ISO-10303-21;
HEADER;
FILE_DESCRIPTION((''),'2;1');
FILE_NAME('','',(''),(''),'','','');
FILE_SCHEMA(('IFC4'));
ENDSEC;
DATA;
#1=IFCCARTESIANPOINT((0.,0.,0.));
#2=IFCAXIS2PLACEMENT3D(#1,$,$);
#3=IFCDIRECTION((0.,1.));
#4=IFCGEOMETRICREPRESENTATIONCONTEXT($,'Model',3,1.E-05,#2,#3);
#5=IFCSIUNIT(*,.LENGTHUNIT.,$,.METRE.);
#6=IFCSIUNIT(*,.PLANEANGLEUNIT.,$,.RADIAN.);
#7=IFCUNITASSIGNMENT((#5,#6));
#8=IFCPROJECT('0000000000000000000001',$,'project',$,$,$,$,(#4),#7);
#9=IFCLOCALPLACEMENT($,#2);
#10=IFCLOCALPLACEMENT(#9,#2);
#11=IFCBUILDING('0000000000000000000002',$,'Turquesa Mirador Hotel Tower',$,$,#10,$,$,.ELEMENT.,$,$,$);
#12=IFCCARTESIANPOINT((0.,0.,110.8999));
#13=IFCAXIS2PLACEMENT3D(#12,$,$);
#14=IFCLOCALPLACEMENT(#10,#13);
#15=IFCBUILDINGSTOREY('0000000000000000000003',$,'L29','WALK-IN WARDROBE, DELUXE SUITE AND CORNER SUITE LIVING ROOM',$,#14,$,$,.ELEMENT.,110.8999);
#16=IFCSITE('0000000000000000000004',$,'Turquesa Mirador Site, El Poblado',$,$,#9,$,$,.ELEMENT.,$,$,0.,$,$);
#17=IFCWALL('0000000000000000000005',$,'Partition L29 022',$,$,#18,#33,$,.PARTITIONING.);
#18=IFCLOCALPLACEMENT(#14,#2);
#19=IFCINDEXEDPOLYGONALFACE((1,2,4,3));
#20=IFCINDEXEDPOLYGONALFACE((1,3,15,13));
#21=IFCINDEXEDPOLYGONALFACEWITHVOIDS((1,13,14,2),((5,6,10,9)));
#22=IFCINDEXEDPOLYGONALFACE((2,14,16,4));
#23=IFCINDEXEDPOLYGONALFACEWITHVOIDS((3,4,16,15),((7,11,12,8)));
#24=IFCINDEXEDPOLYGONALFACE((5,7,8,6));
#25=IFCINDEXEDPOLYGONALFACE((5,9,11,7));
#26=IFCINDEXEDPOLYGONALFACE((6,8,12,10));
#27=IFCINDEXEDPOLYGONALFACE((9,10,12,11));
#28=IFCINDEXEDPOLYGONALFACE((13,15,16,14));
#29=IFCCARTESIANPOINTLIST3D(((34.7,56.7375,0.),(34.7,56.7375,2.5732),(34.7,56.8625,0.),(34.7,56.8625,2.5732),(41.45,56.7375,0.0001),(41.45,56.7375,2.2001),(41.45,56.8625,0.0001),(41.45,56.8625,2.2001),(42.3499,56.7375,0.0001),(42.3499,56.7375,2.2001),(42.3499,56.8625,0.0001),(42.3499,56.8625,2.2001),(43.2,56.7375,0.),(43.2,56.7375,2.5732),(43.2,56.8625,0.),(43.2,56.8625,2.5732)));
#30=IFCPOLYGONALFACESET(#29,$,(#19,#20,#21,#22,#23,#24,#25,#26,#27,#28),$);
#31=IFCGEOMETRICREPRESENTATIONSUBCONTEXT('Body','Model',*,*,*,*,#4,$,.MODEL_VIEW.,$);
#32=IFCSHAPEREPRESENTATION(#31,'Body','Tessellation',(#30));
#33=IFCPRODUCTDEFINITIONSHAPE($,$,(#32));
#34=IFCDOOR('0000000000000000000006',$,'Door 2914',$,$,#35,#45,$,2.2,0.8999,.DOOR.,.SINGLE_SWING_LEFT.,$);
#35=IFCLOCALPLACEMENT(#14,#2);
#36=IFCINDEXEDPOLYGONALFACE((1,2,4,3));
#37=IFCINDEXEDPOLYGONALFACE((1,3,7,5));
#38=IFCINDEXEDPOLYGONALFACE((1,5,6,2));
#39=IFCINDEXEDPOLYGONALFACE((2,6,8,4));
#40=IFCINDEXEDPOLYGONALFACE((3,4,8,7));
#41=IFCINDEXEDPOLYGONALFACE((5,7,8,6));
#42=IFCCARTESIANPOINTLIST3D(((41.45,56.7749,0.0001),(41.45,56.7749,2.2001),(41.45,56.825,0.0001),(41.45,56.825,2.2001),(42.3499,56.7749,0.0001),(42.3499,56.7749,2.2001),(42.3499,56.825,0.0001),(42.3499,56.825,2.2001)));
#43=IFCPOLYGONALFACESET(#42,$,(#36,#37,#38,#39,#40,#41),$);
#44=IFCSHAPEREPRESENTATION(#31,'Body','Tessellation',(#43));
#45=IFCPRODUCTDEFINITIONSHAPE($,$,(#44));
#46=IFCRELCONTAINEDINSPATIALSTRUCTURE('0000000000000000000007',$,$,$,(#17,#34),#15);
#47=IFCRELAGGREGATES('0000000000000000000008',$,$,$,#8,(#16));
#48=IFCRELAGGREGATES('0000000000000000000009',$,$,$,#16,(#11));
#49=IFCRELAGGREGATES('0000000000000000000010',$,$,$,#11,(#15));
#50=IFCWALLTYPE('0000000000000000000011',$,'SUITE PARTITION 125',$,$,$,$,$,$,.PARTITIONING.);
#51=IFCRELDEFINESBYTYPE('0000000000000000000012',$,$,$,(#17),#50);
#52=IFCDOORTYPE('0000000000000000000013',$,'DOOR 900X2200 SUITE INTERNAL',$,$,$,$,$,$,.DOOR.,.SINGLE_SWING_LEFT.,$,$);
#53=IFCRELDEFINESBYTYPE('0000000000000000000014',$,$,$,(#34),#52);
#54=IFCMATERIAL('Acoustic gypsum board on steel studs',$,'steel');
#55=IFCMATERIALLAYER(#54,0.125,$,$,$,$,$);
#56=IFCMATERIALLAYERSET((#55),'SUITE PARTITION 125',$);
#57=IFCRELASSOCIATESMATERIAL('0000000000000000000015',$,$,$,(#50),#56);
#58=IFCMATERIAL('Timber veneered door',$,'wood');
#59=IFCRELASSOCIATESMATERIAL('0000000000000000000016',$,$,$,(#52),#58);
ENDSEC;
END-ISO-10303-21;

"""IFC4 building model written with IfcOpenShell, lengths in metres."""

from ifc_helpers import new_model, si_unit, direction, frame, frame_2d, origin, place, context, subcontext, project, spatial, rectangle, extrude, material, layer, layer_set, type_object, element, fill, save


model = new_model("IFC4")

# Units and contexts
model_context = context("Model", 3, precision=1e-05, world=origin(), true_north=direction((0.0, 1.0)))
body_context = subcontext(model_context, "Body", "Model", "MODEL_VIEW")
ifc_project = project(units=[si_unit("LENGTHUNIT", "METRE"), si_unit("PLANEANGLEUNIT", "RADIAN")], contexts=[model_context])

# Site, building, storey
site_placement = place(None, origin())
site = spatial("IfcSite", under=ifc_project, at=site_placement, Name="Turquesa Mirador Site, El Poblado", CompositionType="ELEMENT", RefElevation=0.0)
building_placement = place(site_placement, origin())
building = spatial("IfcBuilding", under=site, at=building_placement, Name="Turquesa Mirador Hotel Tower", CompositionType="ELEMENT")
storey_placement = place(building_placement, frame((0.0, 0.0, 110.8999)))
storey = spatial("IfcBuildingStorey", under=building, at=storey_placement, Name="L29", Description="WALK-IN WARDROBE, DELUXE SUITE AND CORNER SUITE LIVING ROOM", CompositionType="ELEMENT", Elevation=110.8999)

# Wall, opening, door
ifc_material_1 = material(Name="Acoustic gypsum board on steel studs", Category="steel")
ifc_layer_1 = layer(ifc_material_1, 0.125)
ifc_layer_set_1 = layer_set([ifc_layer_1], Name="SUITE PARTITION 125")
wall_type_1 = type_object("IfcWallType", Name="SUITE PARTITION 125", PredefinedType="PARTITIONING", material=ifc_layer_set_1)
wall_1_placement = place(storey_placement, frame((34.7, 56.8, 0.0), z_axis=(0.0, 0.0, 1.0), x_axis=(1.0, 0.0, 0.0)))
wall_1 = element("IfcWall", 1, at=wall_1_placement, inside=storey, type_object=wall_type_1, Name="Partition L29 022", PredefinedType="PARTITIONING", context=body_context, shape_type="SweptSolid", body=[
    extrude(rectangle(XDim=8.5, YDim=0.125, at=frame_2d((4.25, 0.0))), origin(), (0.0, 0.0, 1.0), 2.5732),
])
opening_1_placement = place(wall_1_placement, frame((6.75, 0.0, 0.0)))
opening_1 = element("IfcOpeningElement", 2, at=opening_1_placement, cuts=wall_1, PredefinedType="OPENING", context=body_context, shape_type="SweptSolid", body=[
    extrude(rectangle(XDim=0.8999, YDim=2.2, at=frame_2d((0.45, 1.1001))), frame((0.0, 0.0725, 0.0), z_axis=(0.0, -1.0, 0.0), x_axis=(1.0, 0.0, 0.0)), (0.0, 0.0, 1.0), 0.145),
])
ifc_material_2 = material(Name="Timber veneered door", Category="wood")
door_type = type_object("IfcDoorType", Name="DOOR 900X2200 SUITE INTERNAL", OperationType="SINGLE_SWING_LEFT", PredefinedType="DOOR", material=ifc_material_2)
door_placement = place(opening_1_placement, origin())
door = element("IfcDoor", 3, at=door_placement, inside=storey, type_object=door_type, Name="Door 2914", OperationType="SINGLE_SWING_LEFT", OverallHeight=2.2, OverallWidth=0.8999, PredefinedType="DOOR", context=body_context, shape_type="SweptSolid", body=[
    extrude(rectangle(XDim=0.8999, YDim=2.2, at=frame_2d((0.45, 1.1001))), frame((0.0, 0.0249, 0.0), z_axis=(0.0, -1.0, 0.0), x_axis=(1.0, 0.0, 0.0)), (0.0, 0.0, 1.0), 0.05),
])
fill(opening_1, door)

save(model, "model.ifc")
